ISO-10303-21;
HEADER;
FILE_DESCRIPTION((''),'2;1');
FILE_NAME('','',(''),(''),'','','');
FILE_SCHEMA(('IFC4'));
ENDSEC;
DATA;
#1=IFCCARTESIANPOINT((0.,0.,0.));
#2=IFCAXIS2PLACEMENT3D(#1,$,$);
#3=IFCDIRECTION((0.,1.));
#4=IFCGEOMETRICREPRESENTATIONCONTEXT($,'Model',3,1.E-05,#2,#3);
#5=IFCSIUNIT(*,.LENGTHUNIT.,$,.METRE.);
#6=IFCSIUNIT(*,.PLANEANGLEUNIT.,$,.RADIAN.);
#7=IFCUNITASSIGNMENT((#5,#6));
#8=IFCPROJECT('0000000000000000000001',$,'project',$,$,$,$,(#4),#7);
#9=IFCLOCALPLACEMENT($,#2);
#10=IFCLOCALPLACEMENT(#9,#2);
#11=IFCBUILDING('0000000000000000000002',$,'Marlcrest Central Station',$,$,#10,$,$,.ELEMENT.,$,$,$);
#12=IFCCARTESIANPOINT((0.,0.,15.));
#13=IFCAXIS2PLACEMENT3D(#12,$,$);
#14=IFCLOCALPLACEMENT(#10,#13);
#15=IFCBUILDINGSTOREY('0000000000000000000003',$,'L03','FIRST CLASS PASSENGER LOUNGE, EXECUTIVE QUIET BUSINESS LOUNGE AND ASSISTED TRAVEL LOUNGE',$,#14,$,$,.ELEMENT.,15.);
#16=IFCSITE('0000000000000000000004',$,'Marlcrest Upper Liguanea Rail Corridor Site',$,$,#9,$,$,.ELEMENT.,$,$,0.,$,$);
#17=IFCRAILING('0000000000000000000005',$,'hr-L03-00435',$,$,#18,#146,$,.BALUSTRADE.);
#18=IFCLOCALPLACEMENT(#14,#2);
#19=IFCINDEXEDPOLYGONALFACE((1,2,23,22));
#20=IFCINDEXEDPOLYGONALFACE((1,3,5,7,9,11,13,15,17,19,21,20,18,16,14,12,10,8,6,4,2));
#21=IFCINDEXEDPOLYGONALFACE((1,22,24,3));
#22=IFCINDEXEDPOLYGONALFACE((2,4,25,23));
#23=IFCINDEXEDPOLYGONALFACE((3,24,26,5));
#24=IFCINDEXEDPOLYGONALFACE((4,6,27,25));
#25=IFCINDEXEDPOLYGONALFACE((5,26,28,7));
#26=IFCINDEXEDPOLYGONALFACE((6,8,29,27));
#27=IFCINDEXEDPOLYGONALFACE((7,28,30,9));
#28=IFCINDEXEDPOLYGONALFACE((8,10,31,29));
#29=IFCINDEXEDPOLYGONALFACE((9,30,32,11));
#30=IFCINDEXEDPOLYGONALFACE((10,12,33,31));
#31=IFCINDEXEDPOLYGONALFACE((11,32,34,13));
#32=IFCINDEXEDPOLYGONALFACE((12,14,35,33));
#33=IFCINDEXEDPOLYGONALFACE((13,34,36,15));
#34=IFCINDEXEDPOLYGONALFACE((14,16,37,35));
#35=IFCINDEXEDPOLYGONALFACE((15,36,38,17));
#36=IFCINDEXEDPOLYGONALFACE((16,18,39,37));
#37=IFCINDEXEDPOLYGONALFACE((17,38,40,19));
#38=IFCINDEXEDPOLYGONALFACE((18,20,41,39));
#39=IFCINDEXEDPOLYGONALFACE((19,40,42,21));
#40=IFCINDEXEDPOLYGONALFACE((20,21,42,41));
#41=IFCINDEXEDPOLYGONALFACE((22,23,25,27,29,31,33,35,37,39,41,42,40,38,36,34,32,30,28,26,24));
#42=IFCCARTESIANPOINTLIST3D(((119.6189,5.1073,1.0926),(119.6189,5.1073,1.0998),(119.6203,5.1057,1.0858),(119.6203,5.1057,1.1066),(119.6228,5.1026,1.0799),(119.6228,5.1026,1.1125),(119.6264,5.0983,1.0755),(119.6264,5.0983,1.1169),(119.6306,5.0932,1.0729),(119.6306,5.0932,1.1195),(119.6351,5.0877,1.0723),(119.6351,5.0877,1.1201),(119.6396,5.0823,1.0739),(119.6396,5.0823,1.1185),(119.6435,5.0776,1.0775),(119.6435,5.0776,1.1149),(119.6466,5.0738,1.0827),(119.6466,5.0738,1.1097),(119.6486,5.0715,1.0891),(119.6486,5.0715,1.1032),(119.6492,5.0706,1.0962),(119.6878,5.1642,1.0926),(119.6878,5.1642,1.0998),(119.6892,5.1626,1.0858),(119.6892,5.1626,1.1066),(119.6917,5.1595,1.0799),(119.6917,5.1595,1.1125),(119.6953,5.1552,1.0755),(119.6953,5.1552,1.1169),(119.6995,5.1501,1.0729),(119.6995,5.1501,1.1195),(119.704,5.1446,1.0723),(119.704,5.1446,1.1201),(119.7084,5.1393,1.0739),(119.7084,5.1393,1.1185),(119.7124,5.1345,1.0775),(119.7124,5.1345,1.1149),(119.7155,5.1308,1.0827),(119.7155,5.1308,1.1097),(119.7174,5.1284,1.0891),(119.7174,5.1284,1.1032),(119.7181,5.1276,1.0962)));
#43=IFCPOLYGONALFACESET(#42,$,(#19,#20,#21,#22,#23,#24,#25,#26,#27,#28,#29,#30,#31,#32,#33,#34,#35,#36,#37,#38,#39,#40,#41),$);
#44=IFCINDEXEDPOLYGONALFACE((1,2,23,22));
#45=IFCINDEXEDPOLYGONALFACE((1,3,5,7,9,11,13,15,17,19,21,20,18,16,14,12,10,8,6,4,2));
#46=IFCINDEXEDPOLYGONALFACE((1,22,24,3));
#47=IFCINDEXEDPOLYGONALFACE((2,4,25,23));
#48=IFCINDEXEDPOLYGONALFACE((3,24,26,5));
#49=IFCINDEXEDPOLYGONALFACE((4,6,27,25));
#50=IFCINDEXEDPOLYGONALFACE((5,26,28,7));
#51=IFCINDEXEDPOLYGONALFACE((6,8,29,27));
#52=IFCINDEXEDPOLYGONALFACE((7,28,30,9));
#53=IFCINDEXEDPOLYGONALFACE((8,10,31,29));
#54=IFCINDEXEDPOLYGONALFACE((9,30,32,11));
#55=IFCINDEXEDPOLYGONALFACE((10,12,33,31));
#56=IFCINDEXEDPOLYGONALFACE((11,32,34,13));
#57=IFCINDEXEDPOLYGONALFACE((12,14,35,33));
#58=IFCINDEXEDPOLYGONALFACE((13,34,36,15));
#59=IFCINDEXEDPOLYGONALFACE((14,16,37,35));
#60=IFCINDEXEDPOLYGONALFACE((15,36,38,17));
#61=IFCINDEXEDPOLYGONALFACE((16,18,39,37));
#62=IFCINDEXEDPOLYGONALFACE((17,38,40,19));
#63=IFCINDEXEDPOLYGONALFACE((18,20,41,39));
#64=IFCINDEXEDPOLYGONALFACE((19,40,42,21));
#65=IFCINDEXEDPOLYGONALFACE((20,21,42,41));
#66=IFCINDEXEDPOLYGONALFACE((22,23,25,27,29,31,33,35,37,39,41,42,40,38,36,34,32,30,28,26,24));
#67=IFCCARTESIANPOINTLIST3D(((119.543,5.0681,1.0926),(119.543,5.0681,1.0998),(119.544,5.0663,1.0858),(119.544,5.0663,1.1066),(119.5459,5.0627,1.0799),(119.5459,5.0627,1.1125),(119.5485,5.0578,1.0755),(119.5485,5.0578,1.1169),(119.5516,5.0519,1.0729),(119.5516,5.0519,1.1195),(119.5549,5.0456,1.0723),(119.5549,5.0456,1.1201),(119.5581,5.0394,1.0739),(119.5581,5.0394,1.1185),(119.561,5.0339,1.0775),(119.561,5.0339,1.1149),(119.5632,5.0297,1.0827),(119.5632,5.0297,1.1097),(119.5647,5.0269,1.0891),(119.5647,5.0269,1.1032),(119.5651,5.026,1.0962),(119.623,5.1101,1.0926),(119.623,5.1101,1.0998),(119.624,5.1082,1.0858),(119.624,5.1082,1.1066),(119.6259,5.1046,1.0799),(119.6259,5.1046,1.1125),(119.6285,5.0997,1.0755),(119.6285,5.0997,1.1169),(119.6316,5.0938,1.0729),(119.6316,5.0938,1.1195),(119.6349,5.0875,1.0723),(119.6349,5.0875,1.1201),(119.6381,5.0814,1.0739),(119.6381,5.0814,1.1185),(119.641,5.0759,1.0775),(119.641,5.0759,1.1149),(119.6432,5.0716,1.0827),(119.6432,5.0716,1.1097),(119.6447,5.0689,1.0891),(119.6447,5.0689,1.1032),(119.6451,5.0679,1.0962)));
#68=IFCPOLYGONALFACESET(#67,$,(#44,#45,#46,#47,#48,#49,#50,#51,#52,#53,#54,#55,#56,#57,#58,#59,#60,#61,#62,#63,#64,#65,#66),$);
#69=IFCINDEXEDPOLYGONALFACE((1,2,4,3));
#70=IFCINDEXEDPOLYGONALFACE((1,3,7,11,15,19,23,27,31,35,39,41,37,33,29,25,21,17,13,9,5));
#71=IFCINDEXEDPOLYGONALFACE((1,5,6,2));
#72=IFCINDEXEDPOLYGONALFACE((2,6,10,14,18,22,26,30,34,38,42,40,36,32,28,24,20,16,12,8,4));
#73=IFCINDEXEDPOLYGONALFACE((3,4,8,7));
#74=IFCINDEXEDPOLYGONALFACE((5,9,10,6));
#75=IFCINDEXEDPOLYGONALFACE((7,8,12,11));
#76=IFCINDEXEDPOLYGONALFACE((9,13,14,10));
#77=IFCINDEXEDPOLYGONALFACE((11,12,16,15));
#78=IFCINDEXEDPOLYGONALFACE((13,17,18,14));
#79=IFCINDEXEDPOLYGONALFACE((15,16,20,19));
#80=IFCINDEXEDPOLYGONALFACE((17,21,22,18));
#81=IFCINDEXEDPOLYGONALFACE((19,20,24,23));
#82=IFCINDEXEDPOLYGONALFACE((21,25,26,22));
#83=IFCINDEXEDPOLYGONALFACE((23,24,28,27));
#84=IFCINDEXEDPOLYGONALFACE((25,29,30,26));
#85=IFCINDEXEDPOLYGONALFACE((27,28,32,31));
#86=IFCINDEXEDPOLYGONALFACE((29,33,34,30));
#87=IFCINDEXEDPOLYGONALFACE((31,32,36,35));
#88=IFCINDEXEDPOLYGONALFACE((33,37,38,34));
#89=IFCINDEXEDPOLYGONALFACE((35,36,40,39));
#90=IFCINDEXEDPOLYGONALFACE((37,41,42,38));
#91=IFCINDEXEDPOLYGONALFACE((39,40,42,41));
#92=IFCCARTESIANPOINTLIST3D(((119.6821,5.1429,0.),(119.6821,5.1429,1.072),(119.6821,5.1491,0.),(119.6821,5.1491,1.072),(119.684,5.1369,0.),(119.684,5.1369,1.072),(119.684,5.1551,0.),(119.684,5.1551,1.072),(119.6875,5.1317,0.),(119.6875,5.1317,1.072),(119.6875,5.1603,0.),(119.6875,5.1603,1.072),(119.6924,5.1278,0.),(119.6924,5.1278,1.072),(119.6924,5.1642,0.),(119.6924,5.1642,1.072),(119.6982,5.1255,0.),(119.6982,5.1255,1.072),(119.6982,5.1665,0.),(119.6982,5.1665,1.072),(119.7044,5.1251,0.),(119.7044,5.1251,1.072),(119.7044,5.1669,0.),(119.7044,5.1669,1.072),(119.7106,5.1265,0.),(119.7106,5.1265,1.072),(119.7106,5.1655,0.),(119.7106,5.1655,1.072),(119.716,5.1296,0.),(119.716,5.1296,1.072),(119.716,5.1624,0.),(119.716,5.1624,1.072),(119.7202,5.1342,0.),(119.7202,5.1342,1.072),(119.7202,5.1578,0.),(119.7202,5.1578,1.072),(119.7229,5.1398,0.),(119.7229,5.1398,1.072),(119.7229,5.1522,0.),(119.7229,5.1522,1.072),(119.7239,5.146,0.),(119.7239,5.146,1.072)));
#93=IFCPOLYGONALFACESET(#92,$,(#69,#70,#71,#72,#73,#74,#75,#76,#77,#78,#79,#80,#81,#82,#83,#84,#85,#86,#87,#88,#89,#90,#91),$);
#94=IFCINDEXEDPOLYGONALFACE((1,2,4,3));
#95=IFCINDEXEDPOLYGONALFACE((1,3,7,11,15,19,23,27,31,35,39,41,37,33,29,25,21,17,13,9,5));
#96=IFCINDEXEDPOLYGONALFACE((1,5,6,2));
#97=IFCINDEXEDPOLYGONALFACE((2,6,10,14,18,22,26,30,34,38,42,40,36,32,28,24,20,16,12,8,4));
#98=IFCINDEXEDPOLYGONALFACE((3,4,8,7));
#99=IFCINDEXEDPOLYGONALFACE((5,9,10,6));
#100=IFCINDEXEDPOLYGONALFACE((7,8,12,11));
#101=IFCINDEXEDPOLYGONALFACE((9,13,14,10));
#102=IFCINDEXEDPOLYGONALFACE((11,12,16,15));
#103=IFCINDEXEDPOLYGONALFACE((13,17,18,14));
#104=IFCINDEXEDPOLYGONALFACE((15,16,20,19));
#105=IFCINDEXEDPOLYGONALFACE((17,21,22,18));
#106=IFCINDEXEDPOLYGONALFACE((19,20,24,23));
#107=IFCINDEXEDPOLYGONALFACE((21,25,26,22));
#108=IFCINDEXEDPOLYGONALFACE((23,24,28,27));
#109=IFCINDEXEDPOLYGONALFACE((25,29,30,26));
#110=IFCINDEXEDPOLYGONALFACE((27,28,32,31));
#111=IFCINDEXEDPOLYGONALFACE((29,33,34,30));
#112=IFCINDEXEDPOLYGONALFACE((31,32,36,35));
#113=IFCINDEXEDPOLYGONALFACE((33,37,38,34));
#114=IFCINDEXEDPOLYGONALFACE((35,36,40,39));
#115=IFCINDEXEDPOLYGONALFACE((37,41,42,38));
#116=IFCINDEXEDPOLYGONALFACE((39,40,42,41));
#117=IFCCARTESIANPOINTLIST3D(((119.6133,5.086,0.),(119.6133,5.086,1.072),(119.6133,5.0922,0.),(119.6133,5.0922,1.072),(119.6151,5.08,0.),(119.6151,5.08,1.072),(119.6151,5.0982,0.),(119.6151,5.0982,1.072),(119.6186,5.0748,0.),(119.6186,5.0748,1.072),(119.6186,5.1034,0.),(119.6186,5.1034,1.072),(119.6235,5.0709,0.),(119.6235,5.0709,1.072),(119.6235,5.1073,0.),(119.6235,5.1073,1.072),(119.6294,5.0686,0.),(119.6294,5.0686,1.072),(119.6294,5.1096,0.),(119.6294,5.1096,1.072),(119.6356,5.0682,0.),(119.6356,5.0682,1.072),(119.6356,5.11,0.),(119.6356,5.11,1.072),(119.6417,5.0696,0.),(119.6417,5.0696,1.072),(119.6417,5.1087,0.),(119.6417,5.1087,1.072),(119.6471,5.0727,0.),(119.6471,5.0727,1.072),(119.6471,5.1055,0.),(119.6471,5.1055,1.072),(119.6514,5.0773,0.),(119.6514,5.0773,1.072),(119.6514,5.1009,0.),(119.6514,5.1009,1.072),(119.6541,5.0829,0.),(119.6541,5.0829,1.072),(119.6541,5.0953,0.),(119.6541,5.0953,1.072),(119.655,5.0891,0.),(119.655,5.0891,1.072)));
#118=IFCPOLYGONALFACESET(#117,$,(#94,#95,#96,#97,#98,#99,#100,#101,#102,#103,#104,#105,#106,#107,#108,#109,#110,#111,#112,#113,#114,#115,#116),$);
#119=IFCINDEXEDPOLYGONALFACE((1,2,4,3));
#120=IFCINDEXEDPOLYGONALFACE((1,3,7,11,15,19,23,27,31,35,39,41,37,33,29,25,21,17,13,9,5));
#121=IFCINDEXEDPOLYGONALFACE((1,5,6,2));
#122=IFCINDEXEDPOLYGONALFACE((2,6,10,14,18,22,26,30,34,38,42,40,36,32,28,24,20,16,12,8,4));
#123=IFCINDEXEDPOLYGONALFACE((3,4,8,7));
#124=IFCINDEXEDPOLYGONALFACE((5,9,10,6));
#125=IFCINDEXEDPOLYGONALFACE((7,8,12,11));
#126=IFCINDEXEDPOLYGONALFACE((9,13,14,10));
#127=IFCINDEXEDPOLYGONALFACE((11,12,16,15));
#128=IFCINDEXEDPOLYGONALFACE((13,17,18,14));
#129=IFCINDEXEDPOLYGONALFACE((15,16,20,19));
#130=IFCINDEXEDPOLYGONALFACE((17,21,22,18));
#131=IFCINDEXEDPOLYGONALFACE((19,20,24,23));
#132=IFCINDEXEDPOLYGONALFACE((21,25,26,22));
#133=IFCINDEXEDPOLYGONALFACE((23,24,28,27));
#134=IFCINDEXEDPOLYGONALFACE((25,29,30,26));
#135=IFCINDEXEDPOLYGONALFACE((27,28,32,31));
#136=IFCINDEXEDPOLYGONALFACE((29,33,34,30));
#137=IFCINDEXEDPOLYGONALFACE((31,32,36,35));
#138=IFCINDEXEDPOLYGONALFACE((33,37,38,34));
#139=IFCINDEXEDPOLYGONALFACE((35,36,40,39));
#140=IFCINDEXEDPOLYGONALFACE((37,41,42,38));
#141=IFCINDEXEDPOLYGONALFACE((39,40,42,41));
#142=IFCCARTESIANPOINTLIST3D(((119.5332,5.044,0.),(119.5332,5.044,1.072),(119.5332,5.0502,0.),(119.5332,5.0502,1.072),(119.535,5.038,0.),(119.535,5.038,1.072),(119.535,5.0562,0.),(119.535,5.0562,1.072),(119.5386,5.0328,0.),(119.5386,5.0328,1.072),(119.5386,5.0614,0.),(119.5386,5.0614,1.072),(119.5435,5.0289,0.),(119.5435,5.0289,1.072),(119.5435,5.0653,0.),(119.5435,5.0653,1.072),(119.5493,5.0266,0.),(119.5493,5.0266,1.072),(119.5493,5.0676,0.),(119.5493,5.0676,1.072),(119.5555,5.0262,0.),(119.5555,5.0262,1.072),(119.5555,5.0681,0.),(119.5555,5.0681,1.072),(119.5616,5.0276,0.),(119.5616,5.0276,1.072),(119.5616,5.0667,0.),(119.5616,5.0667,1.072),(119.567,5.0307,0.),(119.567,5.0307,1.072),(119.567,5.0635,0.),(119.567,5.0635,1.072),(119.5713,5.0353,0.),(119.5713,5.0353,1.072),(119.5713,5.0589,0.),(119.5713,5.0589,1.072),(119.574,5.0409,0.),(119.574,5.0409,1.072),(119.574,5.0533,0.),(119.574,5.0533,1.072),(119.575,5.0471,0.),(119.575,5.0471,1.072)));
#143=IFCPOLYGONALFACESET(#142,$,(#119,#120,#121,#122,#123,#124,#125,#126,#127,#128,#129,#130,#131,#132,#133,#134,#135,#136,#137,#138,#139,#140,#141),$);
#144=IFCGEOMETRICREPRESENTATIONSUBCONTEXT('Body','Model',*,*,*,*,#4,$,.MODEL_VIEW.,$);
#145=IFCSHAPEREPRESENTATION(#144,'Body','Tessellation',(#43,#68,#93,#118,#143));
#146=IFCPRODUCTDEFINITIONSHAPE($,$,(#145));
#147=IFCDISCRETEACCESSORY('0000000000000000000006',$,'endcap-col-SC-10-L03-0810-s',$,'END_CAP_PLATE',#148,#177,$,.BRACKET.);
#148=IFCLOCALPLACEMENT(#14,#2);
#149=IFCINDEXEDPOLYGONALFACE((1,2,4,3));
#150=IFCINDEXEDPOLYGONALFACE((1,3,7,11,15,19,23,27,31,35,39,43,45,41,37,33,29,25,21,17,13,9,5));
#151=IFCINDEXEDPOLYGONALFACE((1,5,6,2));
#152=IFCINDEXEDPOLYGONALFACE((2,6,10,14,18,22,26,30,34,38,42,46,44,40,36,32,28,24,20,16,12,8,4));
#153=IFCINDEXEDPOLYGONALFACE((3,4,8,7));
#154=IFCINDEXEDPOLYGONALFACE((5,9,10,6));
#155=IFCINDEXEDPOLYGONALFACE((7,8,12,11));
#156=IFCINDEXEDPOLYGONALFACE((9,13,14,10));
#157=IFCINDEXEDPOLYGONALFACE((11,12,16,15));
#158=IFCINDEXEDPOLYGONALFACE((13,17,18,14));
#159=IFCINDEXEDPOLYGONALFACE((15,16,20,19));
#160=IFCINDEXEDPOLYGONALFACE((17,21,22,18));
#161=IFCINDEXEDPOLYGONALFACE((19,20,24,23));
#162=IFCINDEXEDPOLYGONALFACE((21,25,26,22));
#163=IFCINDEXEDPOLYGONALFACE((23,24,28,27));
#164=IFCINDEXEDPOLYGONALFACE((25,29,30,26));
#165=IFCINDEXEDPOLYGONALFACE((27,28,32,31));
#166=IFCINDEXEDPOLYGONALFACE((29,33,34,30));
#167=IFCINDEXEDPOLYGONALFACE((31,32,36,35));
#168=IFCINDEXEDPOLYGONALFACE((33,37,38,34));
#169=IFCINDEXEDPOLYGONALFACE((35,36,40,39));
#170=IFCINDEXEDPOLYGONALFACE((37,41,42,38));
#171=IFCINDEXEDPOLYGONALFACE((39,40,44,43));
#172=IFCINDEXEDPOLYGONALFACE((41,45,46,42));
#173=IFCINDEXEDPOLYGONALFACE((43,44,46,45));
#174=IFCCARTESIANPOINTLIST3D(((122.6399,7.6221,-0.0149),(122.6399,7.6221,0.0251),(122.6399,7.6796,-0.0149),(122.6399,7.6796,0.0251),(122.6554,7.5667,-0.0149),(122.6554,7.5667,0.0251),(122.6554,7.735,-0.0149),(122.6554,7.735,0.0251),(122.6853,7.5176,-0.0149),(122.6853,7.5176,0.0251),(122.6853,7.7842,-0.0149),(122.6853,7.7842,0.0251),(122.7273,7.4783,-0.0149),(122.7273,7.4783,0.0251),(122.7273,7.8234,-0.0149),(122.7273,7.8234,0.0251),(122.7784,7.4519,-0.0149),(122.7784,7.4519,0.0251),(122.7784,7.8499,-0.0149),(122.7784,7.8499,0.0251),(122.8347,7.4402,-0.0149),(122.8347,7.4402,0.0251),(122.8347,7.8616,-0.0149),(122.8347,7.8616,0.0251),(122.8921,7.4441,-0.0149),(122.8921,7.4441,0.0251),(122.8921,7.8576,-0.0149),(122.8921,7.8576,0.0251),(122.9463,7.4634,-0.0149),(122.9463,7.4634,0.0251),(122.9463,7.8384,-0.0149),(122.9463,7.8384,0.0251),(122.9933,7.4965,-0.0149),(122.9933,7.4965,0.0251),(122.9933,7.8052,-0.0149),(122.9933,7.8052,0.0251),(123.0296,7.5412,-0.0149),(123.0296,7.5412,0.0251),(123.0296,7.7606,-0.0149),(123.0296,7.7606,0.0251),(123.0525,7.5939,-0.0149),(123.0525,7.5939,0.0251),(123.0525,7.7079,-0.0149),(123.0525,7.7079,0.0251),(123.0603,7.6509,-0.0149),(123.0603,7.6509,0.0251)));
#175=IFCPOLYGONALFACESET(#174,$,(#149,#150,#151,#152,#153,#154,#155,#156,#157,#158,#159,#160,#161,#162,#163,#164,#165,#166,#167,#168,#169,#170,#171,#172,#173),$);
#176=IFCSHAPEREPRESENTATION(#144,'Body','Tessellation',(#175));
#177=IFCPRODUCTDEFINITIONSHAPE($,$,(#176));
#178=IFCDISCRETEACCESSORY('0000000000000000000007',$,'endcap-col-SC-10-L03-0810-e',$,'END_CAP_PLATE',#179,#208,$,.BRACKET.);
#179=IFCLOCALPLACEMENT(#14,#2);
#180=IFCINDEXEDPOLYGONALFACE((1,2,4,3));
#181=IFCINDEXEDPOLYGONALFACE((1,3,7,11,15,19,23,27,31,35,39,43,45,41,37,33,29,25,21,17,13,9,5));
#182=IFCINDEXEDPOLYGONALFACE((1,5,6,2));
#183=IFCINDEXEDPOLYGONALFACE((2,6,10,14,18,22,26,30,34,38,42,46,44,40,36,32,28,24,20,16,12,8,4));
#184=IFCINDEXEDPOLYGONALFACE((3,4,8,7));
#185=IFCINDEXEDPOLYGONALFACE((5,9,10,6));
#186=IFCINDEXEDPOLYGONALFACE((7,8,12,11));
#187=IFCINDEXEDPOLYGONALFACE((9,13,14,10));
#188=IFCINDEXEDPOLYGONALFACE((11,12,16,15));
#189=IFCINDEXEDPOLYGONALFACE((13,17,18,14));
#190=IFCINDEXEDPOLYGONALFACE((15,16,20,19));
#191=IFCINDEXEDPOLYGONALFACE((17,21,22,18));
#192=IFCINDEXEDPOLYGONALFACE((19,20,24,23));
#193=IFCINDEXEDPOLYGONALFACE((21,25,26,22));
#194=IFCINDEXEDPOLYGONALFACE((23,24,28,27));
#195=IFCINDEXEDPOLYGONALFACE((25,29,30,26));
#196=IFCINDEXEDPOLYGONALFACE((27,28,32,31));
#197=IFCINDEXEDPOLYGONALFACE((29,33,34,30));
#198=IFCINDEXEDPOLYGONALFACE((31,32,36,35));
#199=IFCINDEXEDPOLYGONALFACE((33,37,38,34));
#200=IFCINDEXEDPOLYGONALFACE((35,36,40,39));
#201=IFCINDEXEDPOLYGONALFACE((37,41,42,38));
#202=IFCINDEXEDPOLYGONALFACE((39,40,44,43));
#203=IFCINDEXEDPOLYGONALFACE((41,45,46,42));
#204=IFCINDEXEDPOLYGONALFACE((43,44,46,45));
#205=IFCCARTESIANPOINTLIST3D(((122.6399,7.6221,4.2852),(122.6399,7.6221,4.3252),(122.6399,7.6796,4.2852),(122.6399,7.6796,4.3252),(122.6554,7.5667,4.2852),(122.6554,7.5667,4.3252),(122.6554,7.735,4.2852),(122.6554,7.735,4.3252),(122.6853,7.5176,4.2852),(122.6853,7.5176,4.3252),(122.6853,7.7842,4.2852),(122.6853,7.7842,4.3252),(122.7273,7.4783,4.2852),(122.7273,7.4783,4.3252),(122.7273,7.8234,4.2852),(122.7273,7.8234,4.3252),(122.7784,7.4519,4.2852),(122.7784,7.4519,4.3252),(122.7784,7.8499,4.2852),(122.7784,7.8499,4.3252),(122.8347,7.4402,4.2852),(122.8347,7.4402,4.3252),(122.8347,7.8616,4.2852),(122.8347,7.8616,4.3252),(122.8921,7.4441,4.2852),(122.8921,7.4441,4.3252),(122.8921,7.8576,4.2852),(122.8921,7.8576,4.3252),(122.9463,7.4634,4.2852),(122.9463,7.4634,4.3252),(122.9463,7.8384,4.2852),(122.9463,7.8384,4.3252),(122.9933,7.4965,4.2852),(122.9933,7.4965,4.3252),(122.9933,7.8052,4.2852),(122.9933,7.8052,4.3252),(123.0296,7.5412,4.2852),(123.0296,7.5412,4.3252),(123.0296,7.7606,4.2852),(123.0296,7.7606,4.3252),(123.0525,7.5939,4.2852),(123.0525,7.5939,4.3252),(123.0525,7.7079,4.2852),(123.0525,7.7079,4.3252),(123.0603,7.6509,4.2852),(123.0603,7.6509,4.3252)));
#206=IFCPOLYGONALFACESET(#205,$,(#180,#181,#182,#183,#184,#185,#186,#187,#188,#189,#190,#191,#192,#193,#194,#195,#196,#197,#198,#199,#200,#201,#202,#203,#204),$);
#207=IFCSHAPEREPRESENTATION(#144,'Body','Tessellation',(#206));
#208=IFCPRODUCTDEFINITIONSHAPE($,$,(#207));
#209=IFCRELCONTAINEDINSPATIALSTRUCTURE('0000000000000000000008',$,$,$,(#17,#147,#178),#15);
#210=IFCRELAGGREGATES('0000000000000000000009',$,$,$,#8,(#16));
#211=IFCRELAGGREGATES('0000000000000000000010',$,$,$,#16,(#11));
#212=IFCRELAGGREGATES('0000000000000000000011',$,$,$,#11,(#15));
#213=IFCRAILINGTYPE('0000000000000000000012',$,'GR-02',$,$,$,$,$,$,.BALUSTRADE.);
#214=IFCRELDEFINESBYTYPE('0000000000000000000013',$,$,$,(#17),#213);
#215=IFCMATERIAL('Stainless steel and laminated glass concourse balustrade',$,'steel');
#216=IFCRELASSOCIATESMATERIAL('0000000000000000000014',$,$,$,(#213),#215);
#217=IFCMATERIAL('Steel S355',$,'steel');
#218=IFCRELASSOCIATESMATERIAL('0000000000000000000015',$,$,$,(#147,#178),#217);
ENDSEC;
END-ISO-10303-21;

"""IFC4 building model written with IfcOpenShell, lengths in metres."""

from ifc_helpers import new_model, si_unit, direction, frame, origin, origin_2d, place, context, subcontext, project, spatial, circle, extrude, material, type_object, element, save


model = new_model("IFC4")

# Units and contexts
model_context = context("Model", 3, precision=1e-05, world=origin(), true_north=direction((0.0, 1.0)))
body_context = subcontext(model_context, "Body", "Model", "MODEL_VIEW")
ifc_project = project(units=[si_unit("LENGTHUNIT", "METRE"), si_unit("PLANEANGLEUNIT", "RADIAN")], contexts=[model_context])

# Site, building, storey
site_placement = place(None, origin())
site = spatial("IfcSite", under=ifc_project, at=site_placement, Name="Marlcrest Upper Liguanea Rail Corridor Site", CompositionType="ELEMENT", RefElevation=0.0)
building_placement = place(site_placement, origin())
building = spatial("IfcBuilding", under=site, at=building_placement, Name="Marlcrest Central Station", CompositionType="ELEMENT")
storey_placement = place(building_placement, frame((0.0, 0.0, 15.0)))
storey = spatial("IfcBuildingStorey", under=building, at=storey_placement, Name="L03", Description="FIRST CLASS PASSENGER LOUNGE, EXECUTIVE QUIET BUSINESS LOUNGE AND ASSISTED TRAVEL LOUNGE", CompositionType="ELEMENT", Elevation=15.0)

# Shared definitions
ifc_material_1 = material(Name="Steel S355", Category="steel")

# Railing
ifc_material_2 = material(Name="Stainless steel and laminated glass concourse balustrade", Category="steel")
railing_type = type_object("IfcRailingType", Name="GR-02", PredefinedType="BALUSTRADE", material=ifc_material_2)
railing_1_placement = place(storey_placement, frame((119.7029, 5.146, 0.0)))
element("IfcRailing", 1, at=railing_1_placement, inside=storey, type_object=railing_type, Name="hr-L03-00435", PredefinedType="BALUSTRADE", context=body_context, shape_type="SweptSolid", body=[
    extrude(circle(Radius=0.0239, at=origin_2d()), frame((0.0, 0.0, 1.0962), z_axis=(-0.770903, -0.636952, 0.0), x_axis=(0.636952, -0.770903, 0.0)), (0.0, 0.0, 1.0), 0.0894),
    extrude(circle(Radius=0.0239, at=origin_2d()), frame((-0.0688, -0.0569, 1.0962), z_axis=(-0.88562, -0.464411, 0.0), x_axis=(0.464411, -0.88562, 0.0)), (0.0, 0.0, 1.0), 0.0903),
    extrude(circle(Radius=0.021, at=origin_2d()), origin(), (0.0, 0.0, 1.0), 1.072),
    extrude(circle(Radius=0.021, at=origin_2d()), frame((-0.0688, -0.0569, 0.0)), (0.0, 0.0, 1.0), 1.072),
    extrude(circle(Radius=0.021, at=origin_2d()), frame((-0.1489, -0.0989, 0.0)), (0.0, 0.0, 1.0), 1.072),
])

# Discrete accessories
for number, where, z_axis, x_axis, name in (
    (2, (122.8491, 7.6509, -0.0149), (0.0, 0.0, 1.0), (1.0, 0.0, 0.0), "endcap-col-SC-10-L03-0810-s"),
    (3, (122.8491, 7.6509, 4.2852), (0.0, 0.0, 1.0), (1.0, 0.0, 0.0), "endcap-col-SC-10-L03-0810-e"),
):
    element("IfcDiscreteAccessory", number, at=place(storey_placement, frame(where, z_axis=z_axis, x_axis=x_axis)), inside=storey, material=ifc_material_1, Name=name, ObjectType="END_CAP_PLATE", PredefinedType="BRACKET", context=body_context, shape_type="SweptSolid", body=[
        extrude(circle(Radius=0.2112, at=origin_2d()), origin(), (0.0, 0.0, 1.0), 0.04),
    ])

save(model, "model.ifc")
